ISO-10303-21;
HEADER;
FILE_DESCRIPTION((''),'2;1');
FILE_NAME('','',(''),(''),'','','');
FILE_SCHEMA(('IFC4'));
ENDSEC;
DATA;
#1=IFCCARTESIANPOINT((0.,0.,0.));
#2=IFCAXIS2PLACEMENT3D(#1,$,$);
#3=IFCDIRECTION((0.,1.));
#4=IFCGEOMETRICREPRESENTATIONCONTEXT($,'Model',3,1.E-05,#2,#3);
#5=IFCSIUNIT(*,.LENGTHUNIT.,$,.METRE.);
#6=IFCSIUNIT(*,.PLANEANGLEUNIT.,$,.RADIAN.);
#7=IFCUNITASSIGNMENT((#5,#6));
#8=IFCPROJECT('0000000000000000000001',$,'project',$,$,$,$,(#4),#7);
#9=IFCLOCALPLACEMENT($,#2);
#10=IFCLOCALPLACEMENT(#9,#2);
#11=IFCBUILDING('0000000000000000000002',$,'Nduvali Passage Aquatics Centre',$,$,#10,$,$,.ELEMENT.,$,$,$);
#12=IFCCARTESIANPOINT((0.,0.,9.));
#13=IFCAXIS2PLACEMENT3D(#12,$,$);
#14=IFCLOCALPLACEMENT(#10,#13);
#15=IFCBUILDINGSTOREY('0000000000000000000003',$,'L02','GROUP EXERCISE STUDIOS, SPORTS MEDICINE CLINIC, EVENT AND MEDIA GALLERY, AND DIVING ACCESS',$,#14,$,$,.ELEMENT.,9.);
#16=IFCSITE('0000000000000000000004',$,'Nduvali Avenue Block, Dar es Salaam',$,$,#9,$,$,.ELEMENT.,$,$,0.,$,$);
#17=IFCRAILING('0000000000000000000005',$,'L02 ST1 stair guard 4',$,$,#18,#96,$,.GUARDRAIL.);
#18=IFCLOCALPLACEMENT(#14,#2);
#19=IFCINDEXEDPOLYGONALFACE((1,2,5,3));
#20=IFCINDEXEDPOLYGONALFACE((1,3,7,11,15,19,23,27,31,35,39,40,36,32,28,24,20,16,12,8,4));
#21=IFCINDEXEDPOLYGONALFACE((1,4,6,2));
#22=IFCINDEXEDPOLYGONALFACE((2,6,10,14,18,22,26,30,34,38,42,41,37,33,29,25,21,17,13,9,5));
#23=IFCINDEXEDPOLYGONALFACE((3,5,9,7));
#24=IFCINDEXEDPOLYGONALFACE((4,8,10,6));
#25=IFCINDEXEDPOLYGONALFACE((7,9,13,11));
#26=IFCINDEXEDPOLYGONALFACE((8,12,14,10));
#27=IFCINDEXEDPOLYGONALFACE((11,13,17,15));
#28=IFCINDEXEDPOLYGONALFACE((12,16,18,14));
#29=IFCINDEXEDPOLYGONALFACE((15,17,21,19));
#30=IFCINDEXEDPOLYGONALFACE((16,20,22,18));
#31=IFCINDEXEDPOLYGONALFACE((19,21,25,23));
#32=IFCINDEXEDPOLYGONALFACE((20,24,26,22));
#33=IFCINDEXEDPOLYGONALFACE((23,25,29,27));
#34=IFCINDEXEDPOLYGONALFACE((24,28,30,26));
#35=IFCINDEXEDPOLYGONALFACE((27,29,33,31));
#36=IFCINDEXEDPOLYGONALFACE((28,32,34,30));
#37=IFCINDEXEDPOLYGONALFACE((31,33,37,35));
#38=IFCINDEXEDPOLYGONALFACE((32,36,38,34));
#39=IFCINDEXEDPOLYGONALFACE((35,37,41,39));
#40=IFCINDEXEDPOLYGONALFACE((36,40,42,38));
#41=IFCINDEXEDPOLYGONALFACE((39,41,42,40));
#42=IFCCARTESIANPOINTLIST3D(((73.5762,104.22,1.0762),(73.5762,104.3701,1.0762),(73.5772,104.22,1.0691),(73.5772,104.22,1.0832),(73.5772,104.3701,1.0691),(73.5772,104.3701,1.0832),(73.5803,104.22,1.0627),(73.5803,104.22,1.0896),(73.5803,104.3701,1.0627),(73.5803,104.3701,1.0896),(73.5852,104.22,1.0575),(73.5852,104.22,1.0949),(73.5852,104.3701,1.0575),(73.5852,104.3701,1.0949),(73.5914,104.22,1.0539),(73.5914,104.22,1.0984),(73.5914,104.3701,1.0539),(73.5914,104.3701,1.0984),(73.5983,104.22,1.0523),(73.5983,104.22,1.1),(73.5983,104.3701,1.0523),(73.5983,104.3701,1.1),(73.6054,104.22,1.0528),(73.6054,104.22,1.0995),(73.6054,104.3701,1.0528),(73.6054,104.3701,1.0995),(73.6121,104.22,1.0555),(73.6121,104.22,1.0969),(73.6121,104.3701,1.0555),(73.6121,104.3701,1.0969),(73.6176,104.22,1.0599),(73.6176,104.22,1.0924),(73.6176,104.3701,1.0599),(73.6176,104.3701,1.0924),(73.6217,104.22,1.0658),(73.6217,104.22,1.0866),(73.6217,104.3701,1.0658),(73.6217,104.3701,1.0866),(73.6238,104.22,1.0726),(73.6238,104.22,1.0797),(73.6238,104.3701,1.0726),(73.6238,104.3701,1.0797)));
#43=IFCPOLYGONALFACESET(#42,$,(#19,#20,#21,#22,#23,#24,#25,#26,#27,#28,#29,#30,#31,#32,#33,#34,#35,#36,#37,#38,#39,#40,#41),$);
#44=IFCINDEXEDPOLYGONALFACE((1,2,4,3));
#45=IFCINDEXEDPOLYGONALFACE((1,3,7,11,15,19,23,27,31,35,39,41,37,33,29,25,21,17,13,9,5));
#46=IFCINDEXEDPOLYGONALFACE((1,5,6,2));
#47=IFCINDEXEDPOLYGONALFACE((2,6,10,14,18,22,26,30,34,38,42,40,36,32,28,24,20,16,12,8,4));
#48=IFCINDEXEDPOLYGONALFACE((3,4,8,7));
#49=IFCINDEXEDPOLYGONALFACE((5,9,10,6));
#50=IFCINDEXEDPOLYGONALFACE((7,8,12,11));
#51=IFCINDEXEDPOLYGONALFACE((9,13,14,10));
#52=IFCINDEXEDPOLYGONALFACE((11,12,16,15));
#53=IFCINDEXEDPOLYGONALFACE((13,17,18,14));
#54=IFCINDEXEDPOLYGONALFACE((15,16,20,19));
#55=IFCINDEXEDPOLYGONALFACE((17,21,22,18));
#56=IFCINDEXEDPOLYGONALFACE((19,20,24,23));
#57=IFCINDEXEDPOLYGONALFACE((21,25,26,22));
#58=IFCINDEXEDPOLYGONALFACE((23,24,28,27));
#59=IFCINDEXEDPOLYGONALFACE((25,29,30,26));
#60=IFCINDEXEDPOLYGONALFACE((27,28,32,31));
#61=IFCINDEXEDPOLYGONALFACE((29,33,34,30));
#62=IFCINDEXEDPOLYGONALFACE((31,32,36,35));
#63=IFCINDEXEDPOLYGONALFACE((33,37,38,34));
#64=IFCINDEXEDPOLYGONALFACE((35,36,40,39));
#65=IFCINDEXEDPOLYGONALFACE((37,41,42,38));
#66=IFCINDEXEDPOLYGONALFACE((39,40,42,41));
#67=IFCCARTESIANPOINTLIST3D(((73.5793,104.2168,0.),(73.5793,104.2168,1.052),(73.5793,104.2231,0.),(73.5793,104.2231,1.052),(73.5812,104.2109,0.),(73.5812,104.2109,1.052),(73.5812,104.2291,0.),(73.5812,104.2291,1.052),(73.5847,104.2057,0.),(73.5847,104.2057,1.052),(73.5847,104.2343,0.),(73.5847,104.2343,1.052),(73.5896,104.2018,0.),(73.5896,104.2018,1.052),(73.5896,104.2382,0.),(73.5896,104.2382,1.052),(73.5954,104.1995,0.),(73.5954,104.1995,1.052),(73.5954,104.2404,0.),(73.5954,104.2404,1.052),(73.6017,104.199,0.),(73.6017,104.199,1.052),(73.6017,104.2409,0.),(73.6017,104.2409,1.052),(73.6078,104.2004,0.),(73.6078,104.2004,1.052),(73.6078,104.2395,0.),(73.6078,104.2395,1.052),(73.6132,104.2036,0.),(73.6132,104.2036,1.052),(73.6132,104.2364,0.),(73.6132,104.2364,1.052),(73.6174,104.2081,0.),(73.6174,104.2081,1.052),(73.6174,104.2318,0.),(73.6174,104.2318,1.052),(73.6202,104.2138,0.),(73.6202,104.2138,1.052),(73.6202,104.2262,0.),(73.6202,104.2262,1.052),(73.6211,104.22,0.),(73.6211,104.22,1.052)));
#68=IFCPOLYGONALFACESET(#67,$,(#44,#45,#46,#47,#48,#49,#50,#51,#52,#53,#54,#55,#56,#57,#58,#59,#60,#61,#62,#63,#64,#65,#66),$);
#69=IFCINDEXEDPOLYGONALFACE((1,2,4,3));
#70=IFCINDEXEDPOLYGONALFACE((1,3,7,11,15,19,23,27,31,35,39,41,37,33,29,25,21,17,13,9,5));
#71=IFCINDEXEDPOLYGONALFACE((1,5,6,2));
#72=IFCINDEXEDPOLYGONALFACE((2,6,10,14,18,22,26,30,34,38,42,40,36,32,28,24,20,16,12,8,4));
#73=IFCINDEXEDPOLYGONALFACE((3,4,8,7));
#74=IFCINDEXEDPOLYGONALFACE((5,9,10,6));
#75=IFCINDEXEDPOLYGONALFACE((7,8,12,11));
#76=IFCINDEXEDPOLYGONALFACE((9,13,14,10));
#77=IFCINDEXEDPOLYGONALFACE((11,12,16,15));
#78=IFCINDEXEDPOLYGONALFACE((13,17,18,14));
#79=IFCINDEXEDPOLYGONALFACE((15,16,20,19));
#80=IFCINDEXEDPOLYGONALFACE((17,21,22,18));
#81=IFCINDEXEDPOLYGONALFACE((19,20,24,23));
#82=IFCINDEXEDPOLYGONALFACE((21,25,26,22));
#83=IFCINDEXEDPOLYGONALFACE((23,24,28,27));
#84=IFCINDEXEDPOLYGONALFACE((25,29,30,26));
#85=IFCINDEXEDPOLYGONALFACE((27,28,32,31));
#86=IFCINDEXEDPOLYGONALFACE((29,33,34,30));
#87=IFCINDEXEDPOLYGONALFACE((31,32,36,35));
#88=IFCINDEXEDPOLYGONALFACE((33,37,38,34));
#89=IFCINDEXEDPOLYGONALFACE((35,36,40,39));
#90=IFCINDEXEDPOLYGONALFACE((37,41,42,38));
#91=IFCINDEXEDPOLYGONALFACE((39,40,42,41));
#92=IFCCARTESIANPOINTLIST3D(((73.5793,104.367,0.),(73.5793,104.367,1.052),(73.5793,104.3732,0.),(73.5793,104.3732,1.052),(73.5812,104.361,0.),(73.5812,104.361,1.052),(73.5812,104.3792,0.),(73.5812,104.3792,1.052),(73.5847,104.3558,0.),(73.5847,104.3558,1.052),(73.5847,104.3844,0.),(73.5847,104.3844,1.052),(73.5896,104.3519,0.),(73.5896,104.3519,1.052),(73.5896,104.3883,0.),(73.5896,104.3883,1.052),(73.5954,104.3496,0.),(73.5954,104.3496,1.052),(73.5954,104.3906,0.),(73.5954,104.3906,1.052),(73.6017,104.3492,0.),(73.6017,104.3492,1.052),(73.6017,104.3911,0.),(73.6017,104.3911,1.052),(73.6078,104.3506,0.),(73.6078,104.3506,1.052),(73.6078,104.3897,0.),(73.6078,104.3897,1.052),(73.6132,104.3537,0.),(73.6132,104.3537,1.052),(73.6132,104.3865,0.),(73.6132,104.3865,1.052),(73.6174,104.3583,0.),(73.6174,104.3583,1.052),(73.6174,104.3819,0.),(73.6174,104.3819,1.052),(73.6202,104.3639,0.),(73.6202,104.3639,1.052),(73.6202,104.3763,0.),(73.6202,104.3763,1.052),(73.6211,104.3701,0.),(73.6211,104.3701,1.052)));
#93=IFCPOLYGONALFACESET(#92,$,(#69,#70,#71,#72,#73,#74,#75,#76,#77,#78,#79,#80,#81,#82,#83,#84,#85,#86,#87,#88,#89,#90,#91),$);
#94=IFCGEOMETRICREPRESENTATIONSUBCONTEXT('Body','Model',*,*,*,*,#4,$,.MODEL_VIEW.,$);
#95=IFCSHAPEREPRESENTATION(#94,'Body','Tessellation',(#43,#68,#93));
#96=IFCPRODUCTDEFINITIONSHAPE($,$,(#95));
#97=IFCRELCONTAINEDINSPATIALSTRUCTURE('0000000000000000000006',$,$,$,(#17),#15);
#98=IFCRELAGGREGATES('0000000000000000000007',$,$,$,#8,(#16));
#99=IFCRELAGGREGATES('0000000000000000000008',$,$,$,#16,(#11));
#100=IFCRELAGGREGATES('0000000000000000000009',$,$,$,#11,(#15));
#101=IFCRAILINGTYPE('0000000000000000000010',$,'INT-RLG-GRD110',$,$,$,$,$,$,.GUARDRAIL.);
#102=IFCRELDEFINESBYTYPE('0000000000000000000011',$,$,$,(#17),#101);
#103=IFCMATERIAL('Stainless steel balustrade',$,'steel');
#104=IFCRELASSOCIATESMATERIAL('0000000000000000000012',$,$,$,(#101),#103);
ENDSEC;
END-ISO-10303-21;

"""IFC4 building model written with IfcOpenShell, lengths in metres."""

from ifc_helpers import new_model, si_unit, direction, frame, origin, origin_2d, place, context, subcontext, project, spatial, circle, extrude, material, type_object, element, save


model = new_model("IFC4")

# Units and contexts
model_context = context("Model", 3, precision=1e-05, world=origin(), true_north=direction((0.0, 1.0)))
body_context = subcontext(model_context, "Body", "Model", "MODEL_VIEW")
ifc_project = project(units=[si_unit("LENGTHUNIT", "METRE"), si_unit("PLANEANGLEUNIT", "RADIAN")], contexts=[model_context])

# Site, building, storey
site_placement = place(None, origin())
site = spatial("IfcSite", under=ifc_project, at=site_placement, Name="Nduvali Avenue Block, Dar es Salaam", CompositionType="ELEMENT", RefElevation=0.0)
building_placement = place(site_placement, origin())
building = spatial("IfcBuilding", under=site, at=building_placement, Name="Nduvali Passage Aquatics Centre", CompositionType="ELEMENT")
storey_placement = place(building_placement, frame((0.0, 0.0, 9.0)))
storey = spatial("IfcBuildingStorey", under=building, at=storey_placement, Name="L02", Description="GROUP EXERCISE STUDIOS, SPORTS MEDICINE CLINIC, EVENT AND MEDIA GALLERY, AND DIVING ACCESS", CompositionType="ELEMENT", Elevation=9.0)

# Railing
ifc_material_1 = material(Name="Stainless steel balustrade", Category="steel")
railing_type_1 = type_object("IfcRailingType", Name="INT-RLG-GRD110", PredefinedType="GUARDRAIL", material=ifc_material_1)
railing_1_placement = place(storey_placement, frame((73.6001, 104.22, 0.0)))
element("IfcRailing", 1, at=railing_1_placement, inside=storey, type_object=railing_type_1, Name="L02 ST1 stair guard 4", PredefinedType="GUARDRAIL", context=body_context, shape_type="SweptSolid", body=[
    extrude(circle(Radius=0.0239, at=origin_2d()), frame((0.0, 0.0, 1.0762), z_axis=(0.0, 1.0, 0.0), x_axis=(-1.0, 0.0, 0.0)), (0.0, 0.0, 1.0), 0.1501),
    extrude(circle(Radius=0.021, at=origin_2d()), origin(), (0.0, 0.0, 1.0), 1.052),
    extrude(circle(Radius=0.021, at=origin_2d()), frame((0.0, 0.1501, 0.0)), (0.0, 0.0, 1.0), 1.052),
])

save(model, "model.ifc")
